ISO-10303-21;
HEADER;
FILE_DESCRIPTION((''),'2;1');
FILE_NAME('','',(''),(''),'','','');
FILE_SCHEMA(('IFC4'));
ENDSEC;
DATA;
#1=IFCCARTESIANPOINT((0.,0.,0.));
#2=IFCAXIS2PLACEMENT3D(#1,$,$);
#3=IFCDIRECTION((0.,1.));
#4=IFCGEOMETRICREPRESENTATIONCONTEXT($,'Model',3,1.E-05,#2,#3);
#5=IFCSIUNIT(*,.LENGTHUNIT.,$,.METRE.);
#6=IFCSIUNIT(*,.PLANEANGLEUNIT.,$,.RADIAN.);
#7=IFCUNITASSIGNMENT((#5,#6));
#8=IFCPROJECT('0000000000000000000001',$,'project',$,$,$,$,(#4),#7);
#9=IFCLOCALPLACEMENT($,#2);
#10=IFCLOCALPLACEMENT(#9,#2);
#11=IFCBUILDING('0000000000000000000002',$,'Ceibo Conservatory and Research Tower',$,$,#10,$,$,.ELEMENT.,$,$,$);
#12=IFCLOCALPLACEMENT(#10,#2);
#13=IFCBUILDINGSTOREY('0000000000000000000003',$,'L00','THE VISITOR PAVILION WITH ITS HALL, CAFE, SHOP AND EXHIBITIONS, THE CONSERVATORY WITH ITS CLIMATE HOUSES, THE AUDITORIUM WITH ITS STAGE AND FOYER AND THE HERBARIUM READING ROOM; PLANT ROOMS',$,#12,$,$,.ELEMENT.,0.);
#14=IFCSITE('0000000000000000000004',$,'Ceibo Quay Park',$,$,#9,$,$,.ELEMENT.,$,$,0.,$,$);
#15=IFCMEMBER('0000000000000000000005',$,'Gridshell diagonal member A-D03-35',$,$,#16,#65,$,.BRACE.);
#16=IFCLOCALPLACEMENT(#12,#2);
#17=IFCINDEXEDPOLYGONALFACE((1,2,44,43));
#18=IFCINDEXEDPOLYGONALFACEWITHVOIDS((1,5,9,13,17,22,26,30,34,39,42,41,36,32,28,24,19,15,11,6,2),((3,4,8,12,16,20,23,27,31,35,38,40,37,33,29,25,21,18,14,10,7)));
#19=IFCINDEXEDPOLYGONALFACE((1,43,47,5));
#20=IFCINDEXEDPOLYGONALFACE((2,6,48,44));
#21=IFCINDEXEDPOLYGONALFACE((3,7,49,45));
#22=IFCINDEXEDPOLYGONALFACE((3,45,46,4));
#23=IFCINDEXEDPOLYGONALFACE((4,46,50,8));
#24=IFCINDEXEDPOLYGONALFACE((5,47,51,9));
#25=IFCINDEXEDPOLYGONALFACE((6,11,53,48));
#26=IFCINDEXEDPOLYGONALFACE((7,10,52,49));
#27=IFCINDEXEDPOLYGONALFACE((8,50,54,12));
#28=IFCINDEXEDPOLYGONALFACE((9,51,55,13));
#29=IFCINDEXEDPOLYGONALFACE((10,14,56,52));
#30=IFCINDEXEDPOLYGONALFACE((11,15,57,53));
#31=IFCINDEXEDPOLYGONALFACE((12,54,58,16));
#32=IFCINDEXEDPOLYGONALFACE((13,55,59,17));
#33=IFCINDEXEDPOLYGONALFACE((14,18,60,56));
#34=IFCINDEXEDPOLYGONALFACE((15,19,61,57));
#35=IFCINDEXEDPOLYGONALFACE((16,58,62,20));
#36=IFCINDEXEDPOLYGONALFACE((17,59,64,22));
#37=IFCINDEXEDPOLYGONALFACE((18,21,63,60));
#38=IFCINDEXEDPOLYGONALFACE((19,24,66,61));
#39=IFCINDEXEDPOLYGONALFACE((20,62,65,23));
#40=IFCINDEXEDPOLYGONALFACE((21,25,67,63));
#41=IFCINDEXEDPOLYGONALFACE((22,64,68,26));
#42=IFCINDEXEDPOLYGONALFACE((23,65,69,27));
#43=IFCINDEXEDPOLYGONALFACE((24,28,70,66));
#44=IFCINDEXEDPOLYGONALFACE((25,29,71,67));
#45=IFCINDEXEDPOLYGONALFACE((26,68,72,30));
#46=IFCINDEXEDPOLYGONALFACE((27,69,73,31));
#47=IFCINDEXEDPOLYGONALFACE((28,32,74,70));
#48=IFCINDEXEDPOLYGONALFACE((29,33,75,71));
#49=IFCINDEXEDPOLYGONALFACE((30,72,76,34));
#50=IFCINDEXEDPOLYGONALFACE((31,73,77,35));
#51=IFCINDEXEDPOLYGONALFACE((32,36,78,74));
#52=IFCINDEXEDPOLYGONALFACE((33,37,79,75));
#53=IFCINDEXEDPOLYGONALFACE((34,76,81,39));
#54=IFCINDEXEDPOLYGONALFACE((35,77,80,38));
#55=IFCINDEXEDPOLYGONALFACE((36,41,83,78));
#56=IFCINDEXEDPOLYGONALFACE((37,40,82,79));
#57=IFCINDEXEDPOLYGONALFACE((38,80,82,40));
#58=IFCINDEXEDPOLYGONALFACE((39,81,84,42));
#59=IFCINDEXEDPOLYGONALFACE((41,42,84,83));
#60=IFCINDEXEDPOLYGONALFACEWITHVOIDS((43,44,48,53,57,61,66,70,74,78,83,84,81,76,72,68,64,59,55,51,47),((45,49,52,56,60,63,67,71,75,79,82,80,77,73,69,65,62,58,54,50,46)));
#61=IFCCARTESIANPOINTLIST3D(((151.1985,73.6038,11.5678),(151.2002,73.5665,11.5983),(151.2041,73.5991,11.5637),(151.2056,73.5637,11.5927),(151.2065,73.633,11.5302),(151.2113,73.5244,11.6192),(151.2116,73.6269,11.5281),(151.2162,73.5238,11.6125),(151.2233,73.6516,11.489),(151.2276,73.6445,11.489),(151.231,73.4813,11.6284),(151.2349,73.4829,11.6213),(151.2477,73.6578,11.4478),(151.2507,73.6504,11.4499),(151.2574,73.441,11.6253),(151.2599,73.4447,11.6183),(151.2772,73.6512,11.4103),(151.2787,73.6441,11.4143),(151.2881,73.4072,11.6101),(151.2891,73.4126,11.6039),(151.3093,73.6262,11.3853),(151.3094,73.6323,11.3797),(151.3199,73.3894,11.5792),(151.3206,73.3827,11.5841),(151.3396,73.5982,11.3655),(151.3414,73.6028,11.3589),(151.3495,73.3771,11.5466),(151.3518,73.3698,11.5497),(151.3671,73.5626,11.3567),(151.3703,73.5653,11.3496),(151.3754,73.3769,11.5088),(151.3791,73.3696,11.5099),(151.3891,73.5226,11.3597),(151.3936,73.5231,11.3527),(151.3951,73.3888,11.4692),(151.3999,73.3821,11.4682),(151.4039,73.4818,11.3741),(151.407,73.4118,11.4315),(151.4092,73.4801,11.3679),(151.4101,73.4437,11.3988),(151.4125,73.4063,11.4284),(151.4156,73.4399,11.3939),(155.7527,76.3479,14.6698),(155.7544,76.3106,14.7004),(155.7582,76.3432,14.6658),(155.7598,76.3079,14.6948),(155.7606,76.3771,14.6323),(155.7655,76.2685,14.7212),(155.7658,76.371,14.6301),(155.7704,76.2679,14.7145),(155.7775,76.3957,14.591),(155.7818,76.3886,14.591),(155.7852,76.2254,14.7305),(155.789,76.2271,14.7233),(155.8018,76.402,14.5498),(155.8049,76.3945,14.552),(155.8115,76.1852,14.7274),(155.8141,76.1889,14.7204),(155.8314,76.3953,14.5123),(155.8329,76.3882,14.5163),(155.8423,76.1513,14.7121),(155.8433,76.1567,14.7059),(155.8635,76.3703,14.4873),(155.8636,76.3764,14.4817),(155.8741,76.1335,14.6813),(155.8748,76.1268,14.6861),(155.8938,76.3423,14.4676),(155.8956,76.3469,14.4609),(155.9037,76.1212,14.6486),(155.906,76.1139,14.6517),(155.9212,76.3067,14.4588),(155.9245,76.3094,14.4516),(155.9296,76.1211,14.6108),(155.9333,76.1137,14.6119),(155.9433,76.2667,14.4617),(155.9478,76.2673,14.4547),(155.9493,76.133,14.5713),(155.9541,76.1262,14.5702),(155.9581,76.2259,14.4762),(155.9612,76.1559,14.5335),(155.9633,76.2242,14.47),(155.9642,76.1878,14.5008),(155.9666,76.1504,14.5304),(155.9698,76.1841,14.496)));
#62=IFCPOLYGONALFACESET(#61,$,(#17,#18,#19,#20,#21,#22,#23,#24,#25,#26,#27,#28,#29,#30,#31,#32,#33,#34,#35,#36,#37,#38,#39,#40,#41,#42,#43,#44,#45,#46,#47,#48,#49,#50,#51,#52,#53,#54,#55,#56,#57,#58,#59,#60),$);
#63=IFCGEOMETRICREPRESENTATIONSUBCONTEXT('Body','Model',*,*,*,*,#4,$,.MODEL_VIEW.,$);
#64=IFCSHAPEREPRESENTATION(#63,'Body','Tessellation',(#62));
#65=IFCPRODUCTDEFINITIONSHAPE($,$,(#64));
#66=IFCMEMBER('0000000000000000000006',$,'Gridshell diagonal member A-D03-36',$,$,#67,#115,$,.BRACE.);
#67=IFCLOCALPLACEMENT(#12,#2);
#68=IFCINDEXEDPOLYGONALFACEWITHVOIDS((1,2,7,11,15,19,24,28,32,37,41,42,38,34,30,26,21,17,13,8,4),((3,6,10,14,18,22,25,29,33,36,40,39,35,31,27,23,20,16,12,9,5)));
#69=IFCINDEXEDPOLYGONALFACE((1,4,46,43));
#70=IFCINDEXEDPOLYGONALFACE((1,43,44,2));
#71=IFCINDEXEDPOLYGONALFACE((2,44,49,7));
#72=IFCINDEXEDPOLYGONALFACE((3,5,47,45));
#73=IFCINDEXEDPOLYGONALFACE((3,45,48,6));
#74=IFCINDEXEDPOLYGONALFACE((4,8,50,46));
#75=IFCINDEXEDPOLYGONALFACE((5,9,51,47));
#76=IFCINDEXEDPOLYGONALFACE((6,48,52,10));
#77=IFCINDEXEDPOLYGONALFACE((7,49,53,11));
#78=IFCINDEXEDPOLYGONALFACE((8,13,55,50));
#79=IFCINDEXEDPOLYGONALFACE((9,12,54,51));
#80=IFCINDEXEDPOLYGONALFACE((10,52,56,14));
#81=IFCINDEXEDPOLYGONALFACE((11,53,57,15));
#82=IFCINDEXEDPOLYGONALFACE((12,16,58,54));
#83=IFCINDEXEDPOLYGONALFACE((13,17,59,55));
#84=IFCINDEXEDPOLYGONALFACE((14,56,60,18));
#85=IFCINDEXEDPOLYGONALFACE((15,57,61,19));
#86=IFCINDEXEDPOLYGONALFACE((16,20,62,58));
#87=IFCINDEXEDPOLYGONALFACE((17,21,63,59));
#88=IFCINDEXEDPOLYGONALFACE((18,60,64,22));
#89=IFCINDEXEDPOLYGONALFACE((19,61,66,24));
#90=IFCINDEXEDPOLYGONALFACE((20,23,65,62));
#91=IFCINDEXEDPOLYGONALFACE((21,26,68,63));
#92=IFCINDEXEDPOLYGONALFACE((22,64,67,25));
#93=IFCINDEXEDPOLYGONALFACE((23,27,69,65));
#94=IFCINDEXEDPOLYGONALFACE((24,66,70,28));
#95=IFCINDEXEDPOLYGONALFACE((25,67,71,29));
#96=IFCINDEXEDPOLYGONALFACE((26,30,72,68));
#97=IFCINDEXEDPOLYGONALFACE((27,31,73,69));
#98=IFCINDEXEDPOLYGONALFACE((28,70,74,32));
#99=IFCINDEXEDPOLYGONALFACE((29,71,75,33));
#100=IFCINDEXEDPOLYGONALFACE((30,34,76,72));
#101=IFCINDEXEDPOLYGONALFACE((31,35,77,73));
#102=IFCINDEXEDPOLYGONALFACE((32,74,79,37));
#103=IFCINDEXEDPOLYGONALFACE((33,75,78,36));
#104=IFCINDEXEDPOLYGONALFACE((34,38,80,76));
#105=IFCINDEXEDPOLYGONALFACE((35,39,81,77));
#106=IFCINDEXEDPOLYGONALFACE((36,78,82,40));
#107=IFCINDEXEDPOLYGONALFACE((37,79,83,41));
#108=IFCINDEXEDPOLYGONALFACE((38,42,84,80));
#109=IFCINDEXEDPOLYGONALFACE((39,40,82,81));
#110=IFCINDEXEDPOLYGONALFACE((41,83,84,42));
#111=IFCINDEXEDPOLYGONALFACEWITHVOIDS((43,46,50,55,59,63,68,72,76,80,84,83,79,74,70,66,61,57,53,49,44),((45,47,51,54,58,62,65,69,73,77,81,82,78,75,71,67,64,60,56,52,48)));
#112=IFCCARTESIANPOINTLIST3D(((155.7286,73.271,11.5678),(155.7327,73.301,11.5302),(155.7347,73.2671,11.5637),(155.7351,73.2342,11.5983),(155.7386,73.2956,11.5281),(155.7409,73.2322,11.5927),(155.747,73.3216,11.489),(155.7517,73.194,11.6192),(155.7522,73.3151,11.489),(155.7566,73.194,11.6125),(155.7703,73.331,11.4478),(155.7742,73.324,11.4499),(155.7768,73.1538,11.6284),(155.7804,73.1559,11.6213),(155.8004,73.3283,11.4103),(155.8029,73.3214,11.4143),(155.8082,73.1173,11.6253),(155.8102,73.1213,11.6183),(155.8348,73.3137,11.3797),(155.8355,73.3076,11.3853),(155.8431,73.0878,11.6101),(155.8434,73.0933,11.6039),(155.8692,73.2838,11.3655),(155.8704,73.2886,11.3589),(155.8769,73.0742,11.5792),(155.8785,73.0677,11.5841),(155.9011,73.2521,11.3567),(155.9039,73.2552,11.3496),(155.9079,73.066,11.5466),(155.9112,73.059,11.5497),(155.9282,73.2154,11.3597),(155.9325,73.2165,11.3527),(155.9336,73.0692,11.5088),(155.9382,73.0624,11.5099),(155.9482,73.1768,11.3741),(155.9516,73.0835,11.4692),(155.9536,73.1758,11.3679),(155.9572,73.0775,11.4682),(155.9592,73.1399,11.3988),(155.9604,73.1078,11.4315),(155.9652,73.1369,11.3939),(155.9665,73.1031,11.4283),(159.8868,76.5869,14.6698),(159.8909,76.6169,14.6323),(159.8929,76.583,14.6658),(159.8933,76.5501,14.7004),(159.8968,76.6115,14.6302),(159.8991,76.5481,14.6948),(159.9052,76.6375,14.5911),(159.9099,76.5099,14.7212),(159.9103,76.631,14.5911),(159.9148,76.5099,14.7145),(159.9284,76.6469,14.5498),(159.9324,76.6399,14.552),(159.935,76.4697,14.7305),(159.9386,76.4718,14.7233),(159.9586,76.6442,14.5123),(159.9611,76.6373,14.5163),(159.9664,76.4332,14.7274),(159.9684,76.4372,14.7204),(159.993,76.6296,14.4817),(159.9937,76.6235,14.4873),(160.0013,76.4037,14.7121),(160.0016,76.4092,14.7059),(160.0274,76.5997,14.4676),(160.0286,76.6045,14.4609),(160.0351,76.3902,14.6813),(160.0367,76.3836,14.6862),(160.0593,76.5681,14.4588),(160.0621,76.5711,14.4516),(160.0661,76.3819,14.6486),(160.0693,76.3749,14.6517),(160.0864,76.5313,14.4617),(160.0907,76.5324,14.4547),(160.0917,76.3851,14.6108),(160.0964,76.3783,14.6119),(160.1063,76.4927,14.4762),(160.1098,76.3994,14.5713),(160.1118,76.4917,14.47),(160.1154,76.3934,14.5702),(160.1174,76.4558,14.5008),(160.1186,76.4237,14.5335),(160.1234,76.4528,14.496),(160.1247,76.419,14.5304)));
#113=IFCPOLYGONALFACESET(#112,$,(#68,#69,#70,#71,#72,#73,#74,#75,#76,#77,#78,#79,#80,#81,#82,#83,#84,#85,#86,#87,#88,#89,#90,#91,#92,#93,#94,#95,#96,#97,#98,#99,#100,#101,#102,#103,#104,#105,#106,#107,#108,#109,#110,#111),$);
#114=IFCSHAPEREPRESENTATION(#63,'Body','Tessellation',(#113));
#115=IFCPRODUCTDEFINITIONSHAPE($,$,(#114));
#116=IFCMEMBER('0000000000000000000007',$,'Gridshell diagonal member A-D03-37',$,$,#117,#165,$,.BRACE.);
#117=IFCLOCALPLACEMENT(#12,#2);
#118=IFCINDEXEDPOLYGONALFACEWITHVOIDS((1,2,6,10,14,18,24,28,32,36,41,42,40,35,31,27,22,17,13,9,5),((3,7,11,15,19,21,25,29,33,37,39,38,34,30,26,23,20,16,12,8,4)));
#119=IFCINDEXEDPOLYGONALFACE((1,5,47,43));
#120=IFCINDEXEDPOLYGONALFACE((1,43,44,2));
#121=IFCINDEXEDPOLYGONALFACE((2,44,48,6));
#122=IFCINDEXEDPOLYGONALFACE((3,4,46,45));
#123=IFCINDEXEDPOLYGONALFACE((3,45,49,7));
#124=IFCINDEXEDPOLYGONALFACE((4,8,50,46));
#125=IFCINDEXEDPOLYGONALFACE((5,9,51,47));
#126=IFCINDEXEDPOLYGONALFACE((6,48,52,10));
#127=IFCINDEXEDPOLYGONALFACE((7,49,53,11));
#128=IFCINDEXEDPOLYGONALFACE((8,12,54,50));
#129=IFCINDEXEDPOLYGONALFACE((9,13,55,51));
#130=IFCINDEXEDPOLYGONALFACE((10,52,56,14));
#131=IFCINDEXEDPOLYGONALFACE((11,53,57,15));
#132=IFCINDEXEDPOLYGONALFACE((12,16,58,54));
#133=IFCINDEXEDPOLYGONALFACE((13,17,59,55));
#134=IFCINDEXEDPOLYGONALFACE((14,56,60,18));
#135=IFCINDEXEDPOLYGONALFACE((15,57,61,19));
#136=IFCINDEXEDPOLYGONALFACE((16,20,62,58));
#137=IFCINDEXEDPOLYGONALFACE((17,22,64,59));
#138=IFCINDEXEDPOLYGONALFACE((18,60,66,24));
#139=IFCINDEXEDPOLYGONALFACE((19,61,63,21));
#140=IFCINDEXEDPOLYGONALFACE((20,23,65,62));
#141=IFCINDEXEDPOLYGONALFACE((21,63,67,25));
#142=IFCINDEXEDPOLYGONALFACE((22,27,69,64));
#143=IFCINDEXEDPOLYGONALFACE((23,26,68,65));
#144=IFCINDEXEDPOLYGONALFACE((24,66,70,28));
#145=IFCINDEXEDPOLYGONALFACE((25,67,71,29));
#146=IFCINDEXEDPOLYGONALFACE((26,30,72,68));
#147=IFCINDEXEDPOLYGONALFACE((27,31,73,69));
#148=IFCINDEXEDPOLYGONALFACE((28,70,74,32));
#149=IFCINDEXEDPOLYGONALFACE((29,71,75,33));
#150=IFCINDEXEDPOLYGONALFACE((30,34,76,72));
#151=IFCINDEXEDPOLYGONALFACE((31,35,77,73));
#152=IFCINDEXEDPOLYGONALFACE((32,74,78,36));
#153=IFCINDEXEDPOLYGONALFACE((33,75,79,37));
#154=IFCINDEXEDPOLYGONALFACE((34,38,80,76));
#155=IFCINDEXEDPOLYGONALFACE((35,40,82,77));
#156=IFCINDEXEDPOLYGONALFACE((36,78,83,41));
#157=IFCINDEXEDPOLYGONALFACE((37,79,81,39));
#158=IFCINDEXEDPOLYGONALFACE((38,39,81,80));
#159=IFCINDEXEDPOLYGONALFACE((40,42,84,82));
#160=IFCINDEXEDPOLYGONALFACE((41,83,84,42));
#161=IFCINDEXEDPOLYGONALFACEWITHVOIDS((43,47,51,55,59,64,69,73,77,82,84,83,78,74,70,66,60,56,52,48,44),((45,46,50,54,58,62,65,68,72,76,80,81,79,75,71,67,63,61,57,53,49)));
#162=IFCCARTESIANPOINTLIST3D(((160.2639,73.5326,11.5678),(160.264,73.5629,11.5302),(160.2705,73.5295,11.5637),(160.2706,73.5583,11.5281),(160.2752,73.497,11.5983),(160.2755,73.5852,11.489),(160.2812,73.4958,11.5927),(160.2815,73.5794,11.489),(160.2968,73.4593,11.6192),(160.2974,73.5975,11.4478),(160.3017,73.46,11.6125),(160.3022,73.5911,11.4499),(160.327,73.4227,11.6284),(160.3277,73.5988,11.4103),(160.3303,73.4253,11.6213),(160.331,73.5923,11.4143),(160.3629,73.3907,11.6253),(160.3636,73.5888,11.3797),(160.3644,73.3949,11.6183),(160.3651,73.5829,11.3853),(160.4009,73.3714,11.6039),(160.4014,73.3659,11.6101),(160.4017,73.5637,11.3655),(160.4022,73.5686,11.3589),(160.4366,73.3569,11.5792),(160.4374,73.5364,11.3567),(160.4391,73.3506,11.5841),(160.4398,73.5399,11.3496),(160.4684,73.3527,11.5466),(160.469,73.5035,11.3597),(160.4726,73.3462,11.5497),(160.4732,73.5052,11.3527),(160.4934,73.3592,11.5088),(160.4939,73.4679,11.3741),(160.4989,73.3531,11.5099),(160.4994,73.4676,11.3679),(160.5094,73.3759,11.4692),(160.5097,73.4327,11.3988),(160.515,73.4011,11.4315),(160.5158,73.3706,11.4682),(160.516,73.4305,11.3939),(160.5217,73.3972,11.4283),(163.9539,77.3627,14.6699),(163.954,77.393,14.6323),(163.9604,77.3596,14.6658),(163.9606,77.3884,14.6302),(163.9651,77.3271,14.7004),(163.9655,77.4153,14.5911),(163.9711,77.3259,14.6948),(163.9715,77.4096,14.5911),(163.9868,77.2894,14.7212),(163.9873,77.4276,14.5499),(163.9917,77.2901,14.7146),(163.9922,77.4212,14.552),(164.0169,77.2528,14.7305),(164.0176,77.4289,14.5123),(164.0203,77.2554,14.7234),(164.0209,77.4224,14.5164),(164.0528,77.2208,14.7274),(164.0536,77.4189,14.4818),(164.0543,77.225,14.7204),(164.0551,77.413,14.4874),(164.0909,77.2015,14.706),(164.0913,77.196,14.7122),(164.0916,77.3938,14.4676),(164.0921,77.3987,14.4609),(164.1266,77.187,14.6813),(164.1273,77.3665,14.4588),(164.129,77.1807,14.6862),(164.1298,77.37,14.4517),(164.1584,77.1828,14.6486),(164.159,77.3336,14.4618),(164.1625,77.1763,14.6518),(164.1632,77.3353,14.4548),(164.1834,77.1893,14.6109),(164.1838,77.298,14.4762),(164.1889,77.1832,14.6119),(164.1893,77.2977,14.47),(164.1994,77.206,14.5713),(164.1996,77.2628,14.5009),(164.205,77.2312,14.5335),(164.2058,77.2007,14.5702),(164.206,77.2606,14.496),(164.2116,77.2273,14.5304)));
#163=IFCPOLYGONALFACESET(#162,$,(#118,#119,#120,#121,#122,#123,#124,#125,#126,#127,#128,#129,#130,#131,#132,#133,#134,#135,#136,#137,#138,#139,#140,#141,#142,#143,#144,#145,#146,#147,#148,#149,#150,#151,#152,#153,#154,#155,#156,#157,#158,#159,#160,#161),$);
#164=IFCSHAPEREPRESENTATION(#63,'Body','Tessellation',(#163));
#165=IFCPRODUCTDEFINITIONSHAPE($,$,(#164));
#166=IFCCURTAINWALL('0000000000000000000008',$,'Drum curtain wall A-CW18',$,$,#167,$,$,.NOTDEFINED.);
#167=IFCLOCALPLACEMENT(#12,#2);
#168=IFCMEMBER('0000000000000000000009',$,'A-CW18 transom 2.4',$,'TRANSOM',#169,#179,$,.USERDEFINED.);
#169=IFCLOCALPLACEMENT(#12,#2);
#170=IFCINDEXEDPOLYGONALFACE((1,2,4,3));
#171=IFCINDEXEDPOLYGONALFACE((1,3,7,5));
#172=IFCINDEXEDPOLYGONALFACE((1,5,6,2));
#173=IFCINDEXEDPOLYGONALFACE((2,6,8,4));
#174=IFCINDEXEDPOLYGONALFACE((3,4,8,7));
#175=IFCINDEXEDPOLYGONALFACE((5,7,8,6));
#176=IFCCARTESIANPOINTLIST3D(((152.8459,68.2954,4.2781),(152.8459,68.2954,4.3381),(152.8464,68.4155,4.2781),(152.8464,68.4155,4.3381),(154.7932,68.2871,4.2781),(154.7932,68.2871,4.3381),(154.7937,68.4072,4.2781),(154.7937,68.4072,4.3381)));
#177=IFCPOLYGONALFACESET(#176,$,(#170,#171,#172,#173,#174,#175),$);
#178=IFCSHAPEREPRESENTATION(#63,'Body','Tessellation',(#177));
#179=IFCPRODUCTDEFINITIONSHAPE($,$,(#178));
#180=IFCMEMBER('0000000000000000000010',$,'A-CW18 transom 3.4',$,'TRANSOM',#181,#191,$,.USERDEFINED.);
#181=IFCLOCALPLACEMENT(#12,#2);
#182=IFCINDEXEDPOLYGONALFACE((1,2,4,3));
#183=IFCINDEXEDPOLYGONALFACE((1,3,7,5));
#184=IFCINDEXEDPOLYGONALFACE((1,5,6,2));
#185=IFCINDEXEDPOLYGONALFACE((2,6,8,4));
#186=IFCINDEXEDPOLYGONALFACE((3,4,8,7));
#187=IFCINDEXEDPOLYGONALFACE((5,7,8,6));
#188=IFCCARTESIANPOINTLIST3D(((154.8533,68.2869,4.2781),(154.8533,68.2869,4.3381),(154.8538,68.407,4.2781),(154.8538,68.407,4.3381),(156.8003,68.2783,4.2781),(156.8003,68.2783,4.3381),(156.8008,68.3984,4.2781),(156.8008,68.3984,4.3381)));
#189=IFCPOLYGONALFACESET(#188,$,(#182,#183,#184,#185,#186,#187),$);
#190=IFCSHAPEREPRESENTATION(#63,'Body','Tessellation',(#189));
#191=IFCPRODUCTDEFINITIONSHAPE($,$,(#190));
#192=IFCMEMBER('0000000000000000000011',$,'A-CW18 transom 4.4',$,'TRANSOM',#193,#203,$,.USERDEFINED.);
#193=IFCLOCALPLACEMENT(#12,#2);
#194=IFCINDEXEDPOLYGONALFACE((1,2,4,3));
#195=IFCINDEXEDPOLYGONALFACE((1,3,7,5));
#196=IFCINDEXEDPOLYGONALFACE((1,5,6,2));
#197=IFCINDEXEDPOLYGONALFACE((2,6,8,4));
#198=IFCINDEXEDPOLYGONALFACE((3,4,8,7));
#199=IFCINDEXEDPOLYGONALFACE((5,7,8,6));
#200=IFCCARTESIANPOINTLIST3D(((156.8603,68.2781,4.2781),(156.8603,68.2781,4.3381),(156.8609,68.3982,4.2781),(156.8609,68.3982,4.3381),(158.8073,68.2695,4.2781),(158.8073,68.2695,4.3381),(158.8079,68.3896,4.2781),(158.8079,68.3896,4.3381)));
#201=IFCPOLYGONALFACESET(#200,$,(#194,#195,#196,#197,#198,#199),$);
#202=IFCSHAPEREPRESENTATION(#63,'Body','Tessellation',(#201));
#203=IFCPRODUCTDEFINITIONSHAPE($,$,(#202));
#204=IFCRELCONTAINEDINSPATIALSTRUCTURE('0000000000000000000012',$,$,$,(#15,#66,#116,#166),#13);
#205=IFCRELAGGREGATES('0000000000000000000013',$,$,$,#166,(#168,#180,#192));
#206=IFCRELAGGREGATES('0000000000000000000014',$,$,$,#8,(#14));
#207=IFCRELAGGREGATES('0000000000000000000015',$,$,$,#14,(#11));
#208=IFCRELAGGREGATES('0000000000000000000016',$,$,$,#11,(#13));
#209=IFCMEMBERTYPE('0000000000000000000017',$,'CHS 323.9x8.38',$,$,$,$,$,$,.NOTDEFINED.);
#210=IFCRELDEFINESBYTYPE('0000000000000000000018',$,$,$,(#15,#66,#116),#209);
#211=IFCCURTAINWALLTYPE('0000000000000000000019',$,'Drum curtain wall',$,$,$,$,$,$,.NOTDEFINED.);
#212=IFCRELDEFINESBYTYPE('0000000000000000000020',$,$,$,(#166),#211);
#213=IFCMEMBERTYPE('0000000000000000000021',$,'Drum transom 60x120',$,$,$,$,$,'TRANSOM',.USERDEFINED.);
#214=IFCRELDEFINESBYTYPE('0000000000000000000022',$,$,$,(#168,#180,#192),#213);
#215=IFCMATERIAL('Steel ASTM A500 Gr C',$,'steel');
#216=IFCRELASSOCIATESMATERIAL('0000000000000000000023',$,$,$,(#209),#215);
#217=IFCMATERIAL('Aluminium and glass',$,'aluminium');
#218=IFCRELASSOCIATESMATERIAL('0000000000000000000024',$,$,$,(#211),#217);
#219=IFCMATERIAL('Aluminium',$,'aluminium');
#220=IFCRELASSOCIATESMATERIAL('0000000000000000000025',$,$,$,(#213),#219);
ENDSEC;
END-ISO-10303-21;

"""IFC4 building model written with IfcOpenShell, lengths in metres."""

from ifc_helpers import new_model, si_unit, direction, frame, origin, origin_2d, place, context, subcontext, project, spatial, rectangle, hollow_circle, extrude, material, material_profile, profile_set, type_object, element, aggregate, save


model = new_model("IFC4")

# Units and contexts
model_context = context("Model", 3, precision=1e-05, world=origin(), true_north=direction((0.0, 1.0)))
body_context = subcontext(model_context, "Body", "Model", "MODEL_VIEW")
ifc_project = project(units=[si_unit("LENGTHUNIT", "METRE"), si_unit("PLANEANGLEUNIT", "RADIAN")], contexts=[model_context])

# Site, building, storey
site_placement = place(None, origin())
site = spatial("IfcSite", under=ifc_project, at=site_placement, Name="Ceibo Quay Park", CompositionType="ELEMENT", RefElevation=0.0)
building_placement = place(site_placement, origin())
building = spatial("IfcBuilding", under=site, at=building_placement, Name="Ceibo Conservatory and Research Tower", CompositionType="ELEMENT")
storey_placement = place(building_placement, origin())
storey = spatial("IfcBuildingStorey", under=building, at=storey_placement, Name="L00", Description="THE VISITOR PAVILION WITH ITS HALL, CAFE, SHOP AND EXHIBITIONS, THE CONSERVATORY WITH ITS CLIMATE HOUSES, THE AUDITORIUM WITH ITS STAGE AND FOYER AND THE HERBARIUM READING ROOM; PLANT ROOMS", CompositionType="ELEMENT", Elevation=0.0)

# Members
ifc_material_1 = material(Name="Steel ASTM A500 Gr C", Category="steel")
ifc_material_profile_1 = material_profile(ifc_material_1, hollow_circle(Radius=0.1619, WallThickness=0.0083, at=origin_2d()), Name="CHS 323.9x8.38")
ifc_profile_set_1 = profile_set([ifc_material_profile_1], Name="Steel ASTM A500 Gr C")
member_type_1 = type_object("IfcMemberType", Name="CHS 323.9x8.38", PredefinedType="NOTDEFINED", material=ifc_profile_set_1)
member_1_placement = place(storey_placement, frame((151.3069, 73.5129, 11.489), z_axis=(0.739824, 0.445782, 0.503924), x_axis=(-0.516102, 0.856527, 0.0)))
element("IfcMember", 1, at=member_1_placement, inside=storey, type_object=member_type_1, Name="Gridshell diagonal member A-D03-35", PredefinedType="BRACE", context=body_context, shape_type="SweptSolid", body=[
    extrude(hollow_circle(Radius=0.1619, WallThickness=0.0083, at=origin_2d()), origin(), (0.0, 0.0, 1.0), 6.1558),
])
for number, where, z_axis, x_axis, name in (
    (2, (155.8479, 73.1951, 11.489), (0.675362, 0.53856, 0.503825), (-0.623474, 0.781844, 0.0), "Gridshell diagonal member A-D03-36"),
    (3, (160.3921, 73.4729, 11.489), (0.599314, 0.622075, 0.50383), (-0.720159, 0.693809, 0.0), "Gridshell diagonal member A-D03-37"),
):
    element("IfcMember", number, at=place(storey_placement, frame(where, z_axis=z_axis, x_axis=x_axis)), inside=storey, type_object=member_type_1, Name=name, PredefinedType="BRACE", context=body_context, shape_type="SweptSolid", body=[
        extrude(hollow_circle(Radius=0.1619, WallThickness=0.0083, at=origin_2d()), origin(), (0.0, 0.0, 1.0), 6.157),
    ])

# Curtain wall, members
ifc_material_2 = material(Name="Aluminium and glass", Category="aluminium")
curtain_wall_type = type_object("IfcCurtainWallType", Name="Drum curtain wall", PredefinedType="NOTDEFINED", material=ifc_material_2)
curtain_wall_placement = place(storey_placement, origin())
curtain_wall = element("IfcCurtainWall", 4, at=curtain_wall_placement, inside=storey, type_object=curtain_wall_type, Name="Drum curtain wall A-CW18", PredefinedType="NOTDEFINED")
ifc_material_3 = material(Name="Aluminium", Category="aluminium")
ifc_material_profile_2 = material_profile(ifc_material_3, rectangle(XDim=0.1201, YDim=0.0601, at=origin_2d()), Name="AL 60x120")
ifc_profile_set_2 = profile_set([ifc_material_profile_2], Name="Aluminium")
member_type_2 = type_object("IfcMemberType", Name="Drum transom 60x120", ElementType="TRANSOM", PredefinedType="USERDEFINED", material=ifc_profile_set_2)
member_2_placement = place(storey_placement, frame((152.8462, 68.3555, 4.3081), z_axis=(0.999991, -0.004263, 0.0), x_axis=(0.004263, 0.999991, 0.0)))
member_2 = element("IfcMember", 5, at=member_2_placement, type_object=member_type_2, Name="A-CW18 transom 2.4", ObjectType="TRANSOM", PredefinedType="USERDEFINED", context=body_context, shape_type="SweptSolid", body=[
    extrude(rectangle(XDim=0.1201, YDim=0.0601, at=origin_2d()), origin(), (0.0, 0.0, 1.0), 1.9473),
])
member_3_placement = place(storey_placement, frame((154.8535, 68.3469, 4.3081), z_axis=(0.99999, -0.004389, 0.0), x_axis=(0.004389, 0.99999, 0.0)))
member_3 = element("IfcMember", 6, at=member_3_placement, type_object=member_type_2, Name="A-CW18 transom 3.4", ObjectType="TRANSOM", PredefinedType="USERDEFINED", context=body_context, shape_type="SweptSolid", body=[
    extrude(rectangle(XDim=0.1201, YDim=0.0601, at=origin_2d()), origin(), (0.0, 0.0, 1.0), 1.947),
])
member_4_placement = place(storey_placement, frame((156.8606, 68.3381, 4.3081), z_axis=(0.99999, -0.004389, 0.0), x_axis=(0.004389, 0.99999, 0.0)))
member_4 = element("IfcMember", 7, at=member_4_placement, type_object=member_type_2, Name="A-CW18 transom 4.4", ObjectType="TRANSOM", PredefinedType="USERDEFINED", context=body_context, shape_type="SweptSolid", body=[
    extrude(rectangle(XDim=0.1201, YDim=0.0601, at=origin_2d()), origin(), (0.0, 0.0, 1.0), 1.947),
])
aggregate(curtain_wall, [member_2, member_3, member_4])

save(model, "model.ifc")
